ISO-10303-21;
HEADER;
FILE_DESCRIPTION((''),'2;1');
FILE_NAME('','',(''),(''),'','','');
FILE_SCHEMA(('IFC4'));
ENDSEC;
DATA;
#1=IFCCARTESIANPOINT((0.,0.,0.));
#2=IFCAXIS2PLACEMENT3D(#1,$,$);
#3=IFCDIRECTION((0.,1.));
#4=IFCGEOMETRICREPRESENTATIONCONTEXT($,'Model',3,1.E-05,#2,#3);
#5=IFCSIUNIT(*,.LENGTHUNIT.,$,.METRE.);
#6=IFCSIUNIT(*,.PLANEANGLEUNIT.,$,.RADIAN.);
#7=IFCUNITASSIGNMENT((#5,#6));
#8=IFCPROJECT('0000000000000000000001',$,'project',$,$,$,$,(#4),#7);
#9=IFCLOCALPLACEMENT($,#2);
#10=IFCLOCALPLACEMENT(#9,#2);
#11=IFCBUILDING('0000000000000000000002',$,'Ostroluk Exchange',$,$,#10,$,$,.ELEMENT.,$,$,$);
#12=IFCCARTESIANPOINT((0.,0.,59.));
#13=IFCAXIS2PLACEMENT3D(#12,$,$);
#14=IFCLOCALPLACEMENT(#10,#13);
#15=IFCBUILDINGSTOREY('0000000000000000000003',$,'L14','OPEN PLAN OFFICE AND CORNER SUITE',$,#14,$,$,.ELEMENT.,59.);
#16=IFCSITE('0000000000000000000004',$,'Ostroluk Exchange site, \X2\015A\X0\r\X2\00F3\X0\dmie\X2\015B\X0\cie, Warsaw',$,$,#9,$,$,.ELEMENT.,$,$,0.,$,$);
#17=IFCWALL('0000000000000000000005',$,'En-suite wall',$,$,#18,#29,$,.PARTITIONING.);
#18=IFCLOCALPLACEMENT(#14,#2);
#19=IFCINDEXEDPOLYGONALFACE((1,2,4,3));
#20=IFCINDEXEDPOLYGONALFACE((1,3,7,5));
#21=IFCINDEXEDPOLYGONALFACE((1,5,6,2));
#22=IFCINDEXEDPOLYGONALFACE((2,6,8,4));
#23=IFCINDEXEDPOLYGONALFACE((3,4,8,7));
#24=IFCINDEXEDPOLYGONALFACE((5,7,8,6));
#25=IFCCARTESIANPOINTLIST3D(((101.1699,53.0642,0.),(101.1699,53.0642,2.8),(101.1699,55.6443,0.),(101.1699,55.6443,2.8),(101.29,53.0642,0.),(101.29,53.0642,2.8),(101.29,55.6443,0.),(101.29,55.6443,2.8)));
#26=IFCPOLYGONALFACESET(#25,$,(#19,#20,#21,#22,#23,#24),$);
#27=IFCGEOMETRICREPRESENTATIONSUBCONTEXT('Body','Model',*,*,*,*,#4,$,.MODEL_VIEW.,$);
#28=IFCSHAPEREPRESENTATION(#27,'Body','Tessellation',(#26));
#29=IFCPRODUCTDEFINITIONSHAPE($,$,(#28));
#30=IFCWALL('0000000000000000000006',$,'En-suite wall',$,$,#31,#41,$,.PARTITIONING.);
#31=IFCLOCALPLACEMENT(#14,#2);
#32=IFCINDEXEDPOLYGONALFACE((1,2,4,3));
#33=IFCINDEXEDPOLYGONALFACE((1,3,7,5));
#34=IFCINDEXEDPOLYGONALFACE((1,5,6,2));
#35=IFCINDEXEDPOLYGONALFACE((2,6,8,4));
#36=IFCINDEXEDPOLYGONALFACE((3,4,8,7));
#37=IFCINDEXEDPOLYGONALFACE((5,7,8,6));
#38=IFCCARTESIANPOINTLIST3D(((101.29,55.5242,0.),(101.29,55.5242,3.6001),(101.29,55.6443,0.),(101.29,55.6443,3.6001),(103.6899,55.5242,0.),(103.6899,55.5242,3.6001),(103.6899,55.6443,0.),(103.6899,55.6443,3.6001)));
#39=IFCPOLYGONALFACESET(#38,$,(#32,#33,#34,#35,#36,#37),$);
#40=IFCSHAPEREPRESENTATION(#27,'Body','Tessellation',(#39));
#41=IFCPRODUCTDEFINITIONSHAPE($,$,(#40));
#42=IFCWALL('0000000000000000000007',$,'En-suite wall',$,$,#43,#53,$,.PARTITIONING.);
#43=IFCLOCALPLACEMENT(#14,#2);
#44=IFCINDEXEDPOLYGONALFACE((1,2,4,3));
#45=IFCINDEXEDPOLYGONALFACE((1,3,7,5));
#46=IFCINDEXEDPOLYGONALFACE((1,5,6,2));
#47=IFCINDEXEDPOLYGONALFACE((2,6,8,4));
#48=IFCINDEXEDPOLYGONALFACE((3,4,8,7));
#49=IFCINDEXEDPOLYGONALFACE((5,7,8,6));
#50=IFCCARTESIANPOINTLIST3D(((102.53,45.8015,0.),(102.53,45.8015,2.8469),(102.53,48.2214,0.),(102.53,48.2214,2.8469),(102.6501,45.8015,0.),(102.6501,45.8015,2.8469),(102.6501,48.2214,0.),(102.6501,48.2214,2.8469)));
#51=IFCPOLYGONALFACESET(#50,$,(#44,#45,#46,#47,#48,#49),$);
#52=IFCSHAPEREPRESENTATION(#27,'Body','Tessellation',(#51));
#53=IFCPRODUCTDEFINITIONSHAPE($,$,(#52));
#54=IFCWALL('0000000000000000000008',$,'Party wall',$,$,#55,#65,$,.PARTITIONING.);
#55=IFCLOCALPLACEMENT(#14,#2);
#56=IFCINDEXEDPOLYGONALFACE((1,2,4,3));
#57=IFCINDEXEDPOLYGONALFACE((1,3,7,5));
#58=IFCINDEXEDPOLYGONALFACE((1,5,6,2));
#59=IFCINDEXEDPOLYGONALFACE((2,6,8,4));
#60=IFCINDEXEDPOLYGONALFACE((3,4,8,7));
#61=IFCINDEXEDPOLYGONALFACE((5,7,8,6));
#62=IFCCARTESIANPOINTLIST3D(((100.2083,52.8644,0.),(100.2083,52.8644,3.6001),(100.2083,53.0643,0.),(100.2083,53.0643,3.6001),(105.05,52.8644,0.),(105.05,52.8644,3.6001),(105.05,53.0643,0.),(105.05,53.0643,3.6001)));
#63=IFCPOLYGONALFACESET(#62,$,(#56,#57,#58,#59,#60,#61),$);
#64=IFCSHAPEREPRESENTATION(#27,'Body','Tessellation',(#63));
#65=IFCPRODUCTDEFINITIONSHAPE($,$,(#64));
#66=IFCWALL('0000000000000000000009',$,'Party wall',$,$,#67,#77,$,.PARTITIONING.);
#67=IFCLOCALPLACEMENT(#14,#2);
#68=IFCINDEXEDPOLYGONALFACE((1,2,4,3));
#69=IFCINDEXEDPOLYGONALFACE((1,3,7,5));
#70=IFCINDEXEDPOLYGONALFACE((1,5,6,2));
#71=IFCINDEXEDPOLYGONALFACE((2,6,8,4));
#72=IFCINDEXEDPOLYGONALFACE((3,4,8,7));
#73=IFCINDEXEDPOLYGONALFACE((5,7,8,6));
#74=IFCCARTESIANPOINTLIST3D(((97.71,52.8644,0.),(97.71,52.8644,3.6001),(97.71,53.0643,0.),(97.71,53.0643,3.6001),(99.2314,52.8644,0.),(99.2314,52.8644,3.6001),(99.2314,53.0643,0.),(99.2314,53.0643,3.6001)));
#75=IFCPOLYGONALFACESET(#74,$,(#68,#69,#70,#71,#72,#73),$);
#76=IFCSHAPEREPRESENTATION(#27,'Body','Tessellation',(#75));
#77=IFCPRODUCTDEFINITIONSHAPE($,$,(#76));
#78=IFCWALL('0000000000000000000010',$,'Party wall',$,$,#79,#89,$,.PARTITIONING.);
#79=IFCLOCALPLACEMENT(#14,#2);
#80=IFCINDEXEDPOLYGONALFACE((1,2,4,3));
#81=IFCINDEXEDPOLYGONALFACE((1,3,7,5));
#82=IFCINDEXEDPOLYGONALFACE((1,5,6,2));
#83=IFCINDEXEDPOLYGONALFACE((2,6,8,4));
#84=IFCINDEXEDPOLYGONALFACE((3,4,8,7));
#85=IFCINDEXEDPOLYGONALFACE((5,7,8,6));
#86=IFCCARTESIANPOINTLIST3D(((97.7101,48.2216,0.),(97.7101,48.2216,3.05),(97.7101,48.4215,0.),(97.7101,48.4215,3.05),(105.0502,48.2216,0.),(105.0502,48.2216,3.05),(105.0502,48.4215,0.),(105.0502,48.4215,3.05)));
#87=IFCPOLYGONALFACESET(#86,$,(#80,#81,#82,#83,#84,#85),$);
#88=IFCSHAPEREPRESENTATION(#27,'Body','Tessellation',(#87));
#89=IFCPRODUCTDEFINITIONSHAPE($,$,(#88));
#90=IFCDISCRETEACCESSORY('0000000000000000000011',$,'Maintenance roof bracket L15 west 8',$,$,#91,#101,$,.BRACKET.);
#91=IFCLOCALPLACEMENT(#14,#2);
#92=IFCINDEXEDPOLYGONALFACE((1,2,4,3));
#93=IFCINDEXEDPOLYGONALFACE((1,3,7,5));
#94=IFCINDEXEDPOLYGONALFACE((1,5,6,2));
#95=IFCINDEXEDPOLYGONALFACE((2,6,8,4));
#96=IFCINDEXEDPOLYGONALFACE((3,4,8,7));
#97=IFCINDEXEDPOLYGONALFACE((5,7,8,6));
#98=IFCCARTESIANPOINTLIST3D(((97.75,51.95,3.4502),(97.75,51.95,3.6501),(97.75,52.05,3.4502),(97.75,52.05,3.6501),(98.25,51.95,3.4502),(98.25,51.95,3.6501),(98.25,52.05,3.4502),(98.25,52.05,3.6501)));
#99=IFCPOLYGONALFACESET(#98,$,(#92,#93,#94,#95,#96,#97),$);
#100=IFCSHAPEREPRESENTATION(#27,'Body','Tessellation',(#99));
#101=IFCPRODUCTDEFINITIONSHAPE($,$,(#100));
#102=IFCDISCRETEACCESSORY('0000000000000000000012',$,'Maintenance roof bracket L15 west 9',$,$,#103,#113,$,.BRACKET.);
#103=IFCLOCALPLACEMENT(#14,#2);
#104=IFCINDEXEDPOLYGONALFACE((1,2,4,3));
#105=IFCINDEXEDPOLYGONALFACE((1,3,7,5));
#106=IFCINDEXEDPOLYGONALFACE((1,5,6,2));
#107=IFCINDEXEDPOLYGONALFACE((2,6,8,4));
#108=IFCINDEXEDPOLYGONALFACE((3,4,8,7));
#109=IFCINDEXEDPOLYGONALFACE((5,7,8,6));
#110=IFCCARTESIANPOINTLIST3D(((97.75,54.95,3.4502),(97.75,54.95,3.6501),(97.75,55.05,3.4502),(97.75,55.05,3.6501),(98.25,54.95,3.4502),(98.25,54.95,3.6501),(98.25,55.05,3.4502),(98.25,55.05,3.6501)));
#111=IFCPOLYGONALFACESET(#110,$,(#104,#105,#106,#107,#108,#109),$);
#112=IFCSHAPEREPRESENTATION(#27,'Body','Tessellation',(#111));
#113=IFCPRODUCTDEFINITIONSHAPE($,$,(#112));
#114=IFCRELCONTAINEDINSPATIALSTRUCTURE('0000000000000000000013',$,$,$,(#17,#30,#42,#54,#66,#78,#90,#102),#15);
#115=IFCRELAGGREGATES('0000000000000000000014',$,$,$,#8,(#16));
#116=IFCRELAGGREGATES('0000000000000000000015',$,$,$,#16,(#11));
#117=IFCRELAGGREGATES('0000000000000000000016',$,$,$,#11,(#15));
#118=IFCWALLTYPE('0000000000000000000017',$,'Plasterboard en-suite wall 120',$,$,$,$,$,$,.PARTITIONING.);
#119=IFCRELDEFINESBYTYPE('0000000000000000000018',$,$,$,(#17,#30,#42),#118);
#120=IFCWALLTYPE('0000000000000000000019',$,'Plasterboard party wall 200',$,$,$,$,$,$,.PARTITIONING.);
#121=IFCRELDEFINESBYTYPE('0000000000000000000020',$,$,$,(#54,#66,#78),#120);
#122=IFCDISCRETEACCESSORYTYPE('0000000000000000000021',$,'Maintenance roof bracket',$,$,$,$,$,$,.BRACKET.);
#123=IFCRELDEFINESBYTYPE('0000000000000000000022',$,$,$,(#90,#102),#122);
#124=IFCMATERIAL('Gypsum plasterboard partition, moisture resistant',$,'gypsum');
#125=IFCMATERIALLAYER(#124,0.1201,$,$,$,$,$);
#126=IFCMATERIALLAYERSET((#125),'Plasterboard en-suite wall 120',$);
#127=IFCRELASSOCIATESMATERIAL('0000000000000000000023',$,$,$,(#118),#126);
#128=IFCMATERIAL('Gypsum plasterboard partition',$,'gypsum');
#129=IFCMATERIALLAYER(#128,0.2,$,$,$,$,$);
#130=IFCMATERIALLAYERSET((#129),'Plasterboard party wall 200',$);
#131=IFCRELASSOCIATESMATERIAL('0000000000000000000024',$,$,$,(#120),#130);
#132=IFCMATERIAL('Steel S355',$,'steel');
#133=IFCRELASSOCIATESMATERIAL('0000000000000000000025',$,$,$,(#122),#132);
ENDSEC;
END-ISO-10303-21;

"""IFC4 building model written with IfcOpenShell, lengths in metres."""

from ifc_helpers import new_model, si_unit, direction, frame, frame_2d, origin, origin_2d, place, context, subcontext, project, spatial, rectangle, extrude, material, layer, layer_set, type_object, element, save


model = new_model("IFC4")

# Units and contexts
model_context = context("Model", 3, precision=1e-05, world=origin(), true_north=direction((0.0, 1.0)))
body_context = subcontext(model_context, "Body", "Model", "MODEL_VIEW")
ifc_project = project(units=[si_unit("LENGTHUNIT", "METRE"), si_unit("PLANEANGLEUNIT", "RADIAN")], contexts=[model_context])

# Site, building, storey
site_placement = place(None, origin())
site = spatial("IfcSite", under=ifc_project, at=site_placement, Name="Ostroluk Exchange site, Śródmieście, Warsaw", CompositionType="ELEMENT", RefElevation=0.0)
building_placement = place(site_placement, origin())
building = spatial("IfcBuilding", under=site, at=building_placement, Name="Ostroluk Exchange", CompositionType="ELEMENT")
storey_placement = place(building_placement, frame((0.0, 0.0, 59.0)))
storey = spatial("IfcBuildingStorey", under=building, at=storey_placement, Name="L14", Description="OPEN PLAN OFFICE AND CORNER SUITE", CompositionType="ELEMENT", Elevation=59.0)

# Shared definitions
ifc_material_1 = material(Name="Gypsum plasterboard partition, moisture resistant", Category="gypsum")
ifc_layer_1 = layer(ifc_material_1, 0.1201)
ifc_layer_set_1 = layer_set([ifc_layer_1], Name="Plasterboard en-suite wall 120")
wall_type_1 = type_object("IfcWallType", Name="Plasterboard en-suite wall 120", PredefinedType="PARTITIONING", material=ifc_layer_set_1)

# Walls
wall_1_placement = place(storey_placement, frame((101.23, 53.0642, 0.0), z_axis=(0.0, 0.0, 1.0), x_axis=(0.0, 1.0, 0.0)))
element("IfcWall", 1, at=wall_1_placement, inside=storey, type_object=wall_type_1, Name="En-suite wall", PredefinedType="PARTITIONING", context=body_context, shape_type="SweptSolid", body=[
    extrude(rectangle(XDim=2.5801, YDim=0.1201, at=frame_2d((1.29, 0.0))), origin(), (0.0, 0.0, 1.0), 2.8),
])
wall_2_placement = place(storey_placement, frame((103.6899, 55.5842, 0.0), z_axis=(0.0, 0.0, 1.0), x_axis=(-1.0, 0.0, 0.0)))
element("IfcWall", 2, at=wall_2_placement, inside=storey, type_object=wall_type_1, Name="En-suite wall", PredefinedType="PARTITIONING", context=body_context, shape_type="SweptSolid", body=[
    extrude(rectangle(XDim=2.3999, YDim=0.1201, at=frame_2d((1.2, 0.0))), origin(), (0.0, 0.0, 1.0), 3.6001),
])
wall_3_placement = place(storey_placement, frame((102.5901, 48.2214, 0.0), z_axis=(0.0, 0.0, 1.0), x_axis=(0.0, -1.0, 0.0)))
element("IfcWall", 3, at=wall_3_placement, inside=storey, type_object=wall_type_1, Name="En-suite wall", PredefinedType="PARTITIONING", context=body_context, shape_type="SweptSolid", body=[
    extrude(rectangle(XDim=2.4199, YDim=0.1201, at=frame_2d((1.21, 0.0))), origin(), (0.0, 0.0, 1.0), 2.8469),
])
ifc_material_2 = material(Name="Gypsum plasterboard partition", Category="gypsum")
ifc_layer_2 = layer(ifc_material_2, 0.2)
ifc_layer_set_2 = layer_set([ifc_layer_2], Name="Plasterboard party wall 200")
wall_type_2 = type_object("IfcWallType", Name="Plasterboard party wall 200", PredefinedType="PARTITIONING", material=ifc_layer_set_2)
wall_4_placement = place(storey_placement, frame((105.05, 52.9644, 0.0), z_axis=(0.0, 0.0, 1.0), x_axis=(-1.0, 0.0, 0.0)))
element("IfcWall", 4, at=wall_4_placement, inside=storey, type_object=wall_type_2, Name="Party wall", PredefinedType="PARTITIONING", context=body_context, shape_type="SweptSolid", body=[
    extrude(rectangle(XDim=4.8418, YDim=0.2, at=frame_2d((2.4209, 0.0))), origin(), (0.0, 0.0, 1.0), 3.6001),
])
wall_5_placement = place(storey_placement, frame((99.2314, 52.9644, 0.0), z_axis=(0.0, 0.0, 1.0), x_axis=(-1.0, 0.0, 0.0)))
element("IfcWall", 5, at=wall_5_placement, inside=storey, type_object=wall_type_2, Name="Party wall", PredefinedType="PARTITIONING", context=body_context, shape_type="SweptSolid", body=[
    extrude(rectangle(XDim=1.5215, YDim=0.2, at=frame_2d((0.7607, 0.0))), origin(), (0.0, 0.0, 1.0), 3.6001),
])
wall_6_placement = place(storey_placement, frame((105.05, 48.3215, 0.0), z_axis=(0.0, 0.0, 1.0), x_axis=(-1.0, 0.0, 0.0)))
element("IfcWall", 6, at=wall_6_placement, inside=storey, type_object=wall_type_2, Name="Party wall", PredefinedType="PARTITIONING", context=body_context, shape_type="SweptSolid", body=[
    extrude(rectangle(XDim=7.3401, YDim=0.2, at=frame_2d((3.6699, 0.0))), origin(), (0.0, 0.0, 1.0), 3.05),
])

# Discrete accessories
ifc_material_3 = material(Name="Steel S355", Category="steel")
discrete_accessory_type = type_object("IfcDiscreteAccessoryType", Name="Maintenance roof bracket", PredefinedType="BRACKET", material=ifc_material_3)
for number, where, z_axis, x_axis, name in (
    (7, (98.0, 52.0, 3.4502), (0.0, 0.0, 1.0), (1.0, 0.0, 0.0), "Maintenance roof bracket L15 west 8"),
    (8, (98.0, 55.0, 3.4502), (0.0, 0.0, 1.0), (1.0, 0.0, 0.0), "Maintenance roof bracket L15 west 9"),
):
    element("IfcDiscreteAccessory", number, at=place(storey_placement, frame(where, z_axis=z_axis, x_axis=x_axis)), inside=storey, type_object=discrete_accessory_type, Name=name, PredefinedType="BRACKET", context=body_context, shape_type="SweptSolid", body=[
        extrude(rectangle(XDim=0.5, YDim=0.1001, at=origin_2d()), origin(), (0.0, 0.0, 1.0), 0.2),
    ])

save(model, "model.ifc")
